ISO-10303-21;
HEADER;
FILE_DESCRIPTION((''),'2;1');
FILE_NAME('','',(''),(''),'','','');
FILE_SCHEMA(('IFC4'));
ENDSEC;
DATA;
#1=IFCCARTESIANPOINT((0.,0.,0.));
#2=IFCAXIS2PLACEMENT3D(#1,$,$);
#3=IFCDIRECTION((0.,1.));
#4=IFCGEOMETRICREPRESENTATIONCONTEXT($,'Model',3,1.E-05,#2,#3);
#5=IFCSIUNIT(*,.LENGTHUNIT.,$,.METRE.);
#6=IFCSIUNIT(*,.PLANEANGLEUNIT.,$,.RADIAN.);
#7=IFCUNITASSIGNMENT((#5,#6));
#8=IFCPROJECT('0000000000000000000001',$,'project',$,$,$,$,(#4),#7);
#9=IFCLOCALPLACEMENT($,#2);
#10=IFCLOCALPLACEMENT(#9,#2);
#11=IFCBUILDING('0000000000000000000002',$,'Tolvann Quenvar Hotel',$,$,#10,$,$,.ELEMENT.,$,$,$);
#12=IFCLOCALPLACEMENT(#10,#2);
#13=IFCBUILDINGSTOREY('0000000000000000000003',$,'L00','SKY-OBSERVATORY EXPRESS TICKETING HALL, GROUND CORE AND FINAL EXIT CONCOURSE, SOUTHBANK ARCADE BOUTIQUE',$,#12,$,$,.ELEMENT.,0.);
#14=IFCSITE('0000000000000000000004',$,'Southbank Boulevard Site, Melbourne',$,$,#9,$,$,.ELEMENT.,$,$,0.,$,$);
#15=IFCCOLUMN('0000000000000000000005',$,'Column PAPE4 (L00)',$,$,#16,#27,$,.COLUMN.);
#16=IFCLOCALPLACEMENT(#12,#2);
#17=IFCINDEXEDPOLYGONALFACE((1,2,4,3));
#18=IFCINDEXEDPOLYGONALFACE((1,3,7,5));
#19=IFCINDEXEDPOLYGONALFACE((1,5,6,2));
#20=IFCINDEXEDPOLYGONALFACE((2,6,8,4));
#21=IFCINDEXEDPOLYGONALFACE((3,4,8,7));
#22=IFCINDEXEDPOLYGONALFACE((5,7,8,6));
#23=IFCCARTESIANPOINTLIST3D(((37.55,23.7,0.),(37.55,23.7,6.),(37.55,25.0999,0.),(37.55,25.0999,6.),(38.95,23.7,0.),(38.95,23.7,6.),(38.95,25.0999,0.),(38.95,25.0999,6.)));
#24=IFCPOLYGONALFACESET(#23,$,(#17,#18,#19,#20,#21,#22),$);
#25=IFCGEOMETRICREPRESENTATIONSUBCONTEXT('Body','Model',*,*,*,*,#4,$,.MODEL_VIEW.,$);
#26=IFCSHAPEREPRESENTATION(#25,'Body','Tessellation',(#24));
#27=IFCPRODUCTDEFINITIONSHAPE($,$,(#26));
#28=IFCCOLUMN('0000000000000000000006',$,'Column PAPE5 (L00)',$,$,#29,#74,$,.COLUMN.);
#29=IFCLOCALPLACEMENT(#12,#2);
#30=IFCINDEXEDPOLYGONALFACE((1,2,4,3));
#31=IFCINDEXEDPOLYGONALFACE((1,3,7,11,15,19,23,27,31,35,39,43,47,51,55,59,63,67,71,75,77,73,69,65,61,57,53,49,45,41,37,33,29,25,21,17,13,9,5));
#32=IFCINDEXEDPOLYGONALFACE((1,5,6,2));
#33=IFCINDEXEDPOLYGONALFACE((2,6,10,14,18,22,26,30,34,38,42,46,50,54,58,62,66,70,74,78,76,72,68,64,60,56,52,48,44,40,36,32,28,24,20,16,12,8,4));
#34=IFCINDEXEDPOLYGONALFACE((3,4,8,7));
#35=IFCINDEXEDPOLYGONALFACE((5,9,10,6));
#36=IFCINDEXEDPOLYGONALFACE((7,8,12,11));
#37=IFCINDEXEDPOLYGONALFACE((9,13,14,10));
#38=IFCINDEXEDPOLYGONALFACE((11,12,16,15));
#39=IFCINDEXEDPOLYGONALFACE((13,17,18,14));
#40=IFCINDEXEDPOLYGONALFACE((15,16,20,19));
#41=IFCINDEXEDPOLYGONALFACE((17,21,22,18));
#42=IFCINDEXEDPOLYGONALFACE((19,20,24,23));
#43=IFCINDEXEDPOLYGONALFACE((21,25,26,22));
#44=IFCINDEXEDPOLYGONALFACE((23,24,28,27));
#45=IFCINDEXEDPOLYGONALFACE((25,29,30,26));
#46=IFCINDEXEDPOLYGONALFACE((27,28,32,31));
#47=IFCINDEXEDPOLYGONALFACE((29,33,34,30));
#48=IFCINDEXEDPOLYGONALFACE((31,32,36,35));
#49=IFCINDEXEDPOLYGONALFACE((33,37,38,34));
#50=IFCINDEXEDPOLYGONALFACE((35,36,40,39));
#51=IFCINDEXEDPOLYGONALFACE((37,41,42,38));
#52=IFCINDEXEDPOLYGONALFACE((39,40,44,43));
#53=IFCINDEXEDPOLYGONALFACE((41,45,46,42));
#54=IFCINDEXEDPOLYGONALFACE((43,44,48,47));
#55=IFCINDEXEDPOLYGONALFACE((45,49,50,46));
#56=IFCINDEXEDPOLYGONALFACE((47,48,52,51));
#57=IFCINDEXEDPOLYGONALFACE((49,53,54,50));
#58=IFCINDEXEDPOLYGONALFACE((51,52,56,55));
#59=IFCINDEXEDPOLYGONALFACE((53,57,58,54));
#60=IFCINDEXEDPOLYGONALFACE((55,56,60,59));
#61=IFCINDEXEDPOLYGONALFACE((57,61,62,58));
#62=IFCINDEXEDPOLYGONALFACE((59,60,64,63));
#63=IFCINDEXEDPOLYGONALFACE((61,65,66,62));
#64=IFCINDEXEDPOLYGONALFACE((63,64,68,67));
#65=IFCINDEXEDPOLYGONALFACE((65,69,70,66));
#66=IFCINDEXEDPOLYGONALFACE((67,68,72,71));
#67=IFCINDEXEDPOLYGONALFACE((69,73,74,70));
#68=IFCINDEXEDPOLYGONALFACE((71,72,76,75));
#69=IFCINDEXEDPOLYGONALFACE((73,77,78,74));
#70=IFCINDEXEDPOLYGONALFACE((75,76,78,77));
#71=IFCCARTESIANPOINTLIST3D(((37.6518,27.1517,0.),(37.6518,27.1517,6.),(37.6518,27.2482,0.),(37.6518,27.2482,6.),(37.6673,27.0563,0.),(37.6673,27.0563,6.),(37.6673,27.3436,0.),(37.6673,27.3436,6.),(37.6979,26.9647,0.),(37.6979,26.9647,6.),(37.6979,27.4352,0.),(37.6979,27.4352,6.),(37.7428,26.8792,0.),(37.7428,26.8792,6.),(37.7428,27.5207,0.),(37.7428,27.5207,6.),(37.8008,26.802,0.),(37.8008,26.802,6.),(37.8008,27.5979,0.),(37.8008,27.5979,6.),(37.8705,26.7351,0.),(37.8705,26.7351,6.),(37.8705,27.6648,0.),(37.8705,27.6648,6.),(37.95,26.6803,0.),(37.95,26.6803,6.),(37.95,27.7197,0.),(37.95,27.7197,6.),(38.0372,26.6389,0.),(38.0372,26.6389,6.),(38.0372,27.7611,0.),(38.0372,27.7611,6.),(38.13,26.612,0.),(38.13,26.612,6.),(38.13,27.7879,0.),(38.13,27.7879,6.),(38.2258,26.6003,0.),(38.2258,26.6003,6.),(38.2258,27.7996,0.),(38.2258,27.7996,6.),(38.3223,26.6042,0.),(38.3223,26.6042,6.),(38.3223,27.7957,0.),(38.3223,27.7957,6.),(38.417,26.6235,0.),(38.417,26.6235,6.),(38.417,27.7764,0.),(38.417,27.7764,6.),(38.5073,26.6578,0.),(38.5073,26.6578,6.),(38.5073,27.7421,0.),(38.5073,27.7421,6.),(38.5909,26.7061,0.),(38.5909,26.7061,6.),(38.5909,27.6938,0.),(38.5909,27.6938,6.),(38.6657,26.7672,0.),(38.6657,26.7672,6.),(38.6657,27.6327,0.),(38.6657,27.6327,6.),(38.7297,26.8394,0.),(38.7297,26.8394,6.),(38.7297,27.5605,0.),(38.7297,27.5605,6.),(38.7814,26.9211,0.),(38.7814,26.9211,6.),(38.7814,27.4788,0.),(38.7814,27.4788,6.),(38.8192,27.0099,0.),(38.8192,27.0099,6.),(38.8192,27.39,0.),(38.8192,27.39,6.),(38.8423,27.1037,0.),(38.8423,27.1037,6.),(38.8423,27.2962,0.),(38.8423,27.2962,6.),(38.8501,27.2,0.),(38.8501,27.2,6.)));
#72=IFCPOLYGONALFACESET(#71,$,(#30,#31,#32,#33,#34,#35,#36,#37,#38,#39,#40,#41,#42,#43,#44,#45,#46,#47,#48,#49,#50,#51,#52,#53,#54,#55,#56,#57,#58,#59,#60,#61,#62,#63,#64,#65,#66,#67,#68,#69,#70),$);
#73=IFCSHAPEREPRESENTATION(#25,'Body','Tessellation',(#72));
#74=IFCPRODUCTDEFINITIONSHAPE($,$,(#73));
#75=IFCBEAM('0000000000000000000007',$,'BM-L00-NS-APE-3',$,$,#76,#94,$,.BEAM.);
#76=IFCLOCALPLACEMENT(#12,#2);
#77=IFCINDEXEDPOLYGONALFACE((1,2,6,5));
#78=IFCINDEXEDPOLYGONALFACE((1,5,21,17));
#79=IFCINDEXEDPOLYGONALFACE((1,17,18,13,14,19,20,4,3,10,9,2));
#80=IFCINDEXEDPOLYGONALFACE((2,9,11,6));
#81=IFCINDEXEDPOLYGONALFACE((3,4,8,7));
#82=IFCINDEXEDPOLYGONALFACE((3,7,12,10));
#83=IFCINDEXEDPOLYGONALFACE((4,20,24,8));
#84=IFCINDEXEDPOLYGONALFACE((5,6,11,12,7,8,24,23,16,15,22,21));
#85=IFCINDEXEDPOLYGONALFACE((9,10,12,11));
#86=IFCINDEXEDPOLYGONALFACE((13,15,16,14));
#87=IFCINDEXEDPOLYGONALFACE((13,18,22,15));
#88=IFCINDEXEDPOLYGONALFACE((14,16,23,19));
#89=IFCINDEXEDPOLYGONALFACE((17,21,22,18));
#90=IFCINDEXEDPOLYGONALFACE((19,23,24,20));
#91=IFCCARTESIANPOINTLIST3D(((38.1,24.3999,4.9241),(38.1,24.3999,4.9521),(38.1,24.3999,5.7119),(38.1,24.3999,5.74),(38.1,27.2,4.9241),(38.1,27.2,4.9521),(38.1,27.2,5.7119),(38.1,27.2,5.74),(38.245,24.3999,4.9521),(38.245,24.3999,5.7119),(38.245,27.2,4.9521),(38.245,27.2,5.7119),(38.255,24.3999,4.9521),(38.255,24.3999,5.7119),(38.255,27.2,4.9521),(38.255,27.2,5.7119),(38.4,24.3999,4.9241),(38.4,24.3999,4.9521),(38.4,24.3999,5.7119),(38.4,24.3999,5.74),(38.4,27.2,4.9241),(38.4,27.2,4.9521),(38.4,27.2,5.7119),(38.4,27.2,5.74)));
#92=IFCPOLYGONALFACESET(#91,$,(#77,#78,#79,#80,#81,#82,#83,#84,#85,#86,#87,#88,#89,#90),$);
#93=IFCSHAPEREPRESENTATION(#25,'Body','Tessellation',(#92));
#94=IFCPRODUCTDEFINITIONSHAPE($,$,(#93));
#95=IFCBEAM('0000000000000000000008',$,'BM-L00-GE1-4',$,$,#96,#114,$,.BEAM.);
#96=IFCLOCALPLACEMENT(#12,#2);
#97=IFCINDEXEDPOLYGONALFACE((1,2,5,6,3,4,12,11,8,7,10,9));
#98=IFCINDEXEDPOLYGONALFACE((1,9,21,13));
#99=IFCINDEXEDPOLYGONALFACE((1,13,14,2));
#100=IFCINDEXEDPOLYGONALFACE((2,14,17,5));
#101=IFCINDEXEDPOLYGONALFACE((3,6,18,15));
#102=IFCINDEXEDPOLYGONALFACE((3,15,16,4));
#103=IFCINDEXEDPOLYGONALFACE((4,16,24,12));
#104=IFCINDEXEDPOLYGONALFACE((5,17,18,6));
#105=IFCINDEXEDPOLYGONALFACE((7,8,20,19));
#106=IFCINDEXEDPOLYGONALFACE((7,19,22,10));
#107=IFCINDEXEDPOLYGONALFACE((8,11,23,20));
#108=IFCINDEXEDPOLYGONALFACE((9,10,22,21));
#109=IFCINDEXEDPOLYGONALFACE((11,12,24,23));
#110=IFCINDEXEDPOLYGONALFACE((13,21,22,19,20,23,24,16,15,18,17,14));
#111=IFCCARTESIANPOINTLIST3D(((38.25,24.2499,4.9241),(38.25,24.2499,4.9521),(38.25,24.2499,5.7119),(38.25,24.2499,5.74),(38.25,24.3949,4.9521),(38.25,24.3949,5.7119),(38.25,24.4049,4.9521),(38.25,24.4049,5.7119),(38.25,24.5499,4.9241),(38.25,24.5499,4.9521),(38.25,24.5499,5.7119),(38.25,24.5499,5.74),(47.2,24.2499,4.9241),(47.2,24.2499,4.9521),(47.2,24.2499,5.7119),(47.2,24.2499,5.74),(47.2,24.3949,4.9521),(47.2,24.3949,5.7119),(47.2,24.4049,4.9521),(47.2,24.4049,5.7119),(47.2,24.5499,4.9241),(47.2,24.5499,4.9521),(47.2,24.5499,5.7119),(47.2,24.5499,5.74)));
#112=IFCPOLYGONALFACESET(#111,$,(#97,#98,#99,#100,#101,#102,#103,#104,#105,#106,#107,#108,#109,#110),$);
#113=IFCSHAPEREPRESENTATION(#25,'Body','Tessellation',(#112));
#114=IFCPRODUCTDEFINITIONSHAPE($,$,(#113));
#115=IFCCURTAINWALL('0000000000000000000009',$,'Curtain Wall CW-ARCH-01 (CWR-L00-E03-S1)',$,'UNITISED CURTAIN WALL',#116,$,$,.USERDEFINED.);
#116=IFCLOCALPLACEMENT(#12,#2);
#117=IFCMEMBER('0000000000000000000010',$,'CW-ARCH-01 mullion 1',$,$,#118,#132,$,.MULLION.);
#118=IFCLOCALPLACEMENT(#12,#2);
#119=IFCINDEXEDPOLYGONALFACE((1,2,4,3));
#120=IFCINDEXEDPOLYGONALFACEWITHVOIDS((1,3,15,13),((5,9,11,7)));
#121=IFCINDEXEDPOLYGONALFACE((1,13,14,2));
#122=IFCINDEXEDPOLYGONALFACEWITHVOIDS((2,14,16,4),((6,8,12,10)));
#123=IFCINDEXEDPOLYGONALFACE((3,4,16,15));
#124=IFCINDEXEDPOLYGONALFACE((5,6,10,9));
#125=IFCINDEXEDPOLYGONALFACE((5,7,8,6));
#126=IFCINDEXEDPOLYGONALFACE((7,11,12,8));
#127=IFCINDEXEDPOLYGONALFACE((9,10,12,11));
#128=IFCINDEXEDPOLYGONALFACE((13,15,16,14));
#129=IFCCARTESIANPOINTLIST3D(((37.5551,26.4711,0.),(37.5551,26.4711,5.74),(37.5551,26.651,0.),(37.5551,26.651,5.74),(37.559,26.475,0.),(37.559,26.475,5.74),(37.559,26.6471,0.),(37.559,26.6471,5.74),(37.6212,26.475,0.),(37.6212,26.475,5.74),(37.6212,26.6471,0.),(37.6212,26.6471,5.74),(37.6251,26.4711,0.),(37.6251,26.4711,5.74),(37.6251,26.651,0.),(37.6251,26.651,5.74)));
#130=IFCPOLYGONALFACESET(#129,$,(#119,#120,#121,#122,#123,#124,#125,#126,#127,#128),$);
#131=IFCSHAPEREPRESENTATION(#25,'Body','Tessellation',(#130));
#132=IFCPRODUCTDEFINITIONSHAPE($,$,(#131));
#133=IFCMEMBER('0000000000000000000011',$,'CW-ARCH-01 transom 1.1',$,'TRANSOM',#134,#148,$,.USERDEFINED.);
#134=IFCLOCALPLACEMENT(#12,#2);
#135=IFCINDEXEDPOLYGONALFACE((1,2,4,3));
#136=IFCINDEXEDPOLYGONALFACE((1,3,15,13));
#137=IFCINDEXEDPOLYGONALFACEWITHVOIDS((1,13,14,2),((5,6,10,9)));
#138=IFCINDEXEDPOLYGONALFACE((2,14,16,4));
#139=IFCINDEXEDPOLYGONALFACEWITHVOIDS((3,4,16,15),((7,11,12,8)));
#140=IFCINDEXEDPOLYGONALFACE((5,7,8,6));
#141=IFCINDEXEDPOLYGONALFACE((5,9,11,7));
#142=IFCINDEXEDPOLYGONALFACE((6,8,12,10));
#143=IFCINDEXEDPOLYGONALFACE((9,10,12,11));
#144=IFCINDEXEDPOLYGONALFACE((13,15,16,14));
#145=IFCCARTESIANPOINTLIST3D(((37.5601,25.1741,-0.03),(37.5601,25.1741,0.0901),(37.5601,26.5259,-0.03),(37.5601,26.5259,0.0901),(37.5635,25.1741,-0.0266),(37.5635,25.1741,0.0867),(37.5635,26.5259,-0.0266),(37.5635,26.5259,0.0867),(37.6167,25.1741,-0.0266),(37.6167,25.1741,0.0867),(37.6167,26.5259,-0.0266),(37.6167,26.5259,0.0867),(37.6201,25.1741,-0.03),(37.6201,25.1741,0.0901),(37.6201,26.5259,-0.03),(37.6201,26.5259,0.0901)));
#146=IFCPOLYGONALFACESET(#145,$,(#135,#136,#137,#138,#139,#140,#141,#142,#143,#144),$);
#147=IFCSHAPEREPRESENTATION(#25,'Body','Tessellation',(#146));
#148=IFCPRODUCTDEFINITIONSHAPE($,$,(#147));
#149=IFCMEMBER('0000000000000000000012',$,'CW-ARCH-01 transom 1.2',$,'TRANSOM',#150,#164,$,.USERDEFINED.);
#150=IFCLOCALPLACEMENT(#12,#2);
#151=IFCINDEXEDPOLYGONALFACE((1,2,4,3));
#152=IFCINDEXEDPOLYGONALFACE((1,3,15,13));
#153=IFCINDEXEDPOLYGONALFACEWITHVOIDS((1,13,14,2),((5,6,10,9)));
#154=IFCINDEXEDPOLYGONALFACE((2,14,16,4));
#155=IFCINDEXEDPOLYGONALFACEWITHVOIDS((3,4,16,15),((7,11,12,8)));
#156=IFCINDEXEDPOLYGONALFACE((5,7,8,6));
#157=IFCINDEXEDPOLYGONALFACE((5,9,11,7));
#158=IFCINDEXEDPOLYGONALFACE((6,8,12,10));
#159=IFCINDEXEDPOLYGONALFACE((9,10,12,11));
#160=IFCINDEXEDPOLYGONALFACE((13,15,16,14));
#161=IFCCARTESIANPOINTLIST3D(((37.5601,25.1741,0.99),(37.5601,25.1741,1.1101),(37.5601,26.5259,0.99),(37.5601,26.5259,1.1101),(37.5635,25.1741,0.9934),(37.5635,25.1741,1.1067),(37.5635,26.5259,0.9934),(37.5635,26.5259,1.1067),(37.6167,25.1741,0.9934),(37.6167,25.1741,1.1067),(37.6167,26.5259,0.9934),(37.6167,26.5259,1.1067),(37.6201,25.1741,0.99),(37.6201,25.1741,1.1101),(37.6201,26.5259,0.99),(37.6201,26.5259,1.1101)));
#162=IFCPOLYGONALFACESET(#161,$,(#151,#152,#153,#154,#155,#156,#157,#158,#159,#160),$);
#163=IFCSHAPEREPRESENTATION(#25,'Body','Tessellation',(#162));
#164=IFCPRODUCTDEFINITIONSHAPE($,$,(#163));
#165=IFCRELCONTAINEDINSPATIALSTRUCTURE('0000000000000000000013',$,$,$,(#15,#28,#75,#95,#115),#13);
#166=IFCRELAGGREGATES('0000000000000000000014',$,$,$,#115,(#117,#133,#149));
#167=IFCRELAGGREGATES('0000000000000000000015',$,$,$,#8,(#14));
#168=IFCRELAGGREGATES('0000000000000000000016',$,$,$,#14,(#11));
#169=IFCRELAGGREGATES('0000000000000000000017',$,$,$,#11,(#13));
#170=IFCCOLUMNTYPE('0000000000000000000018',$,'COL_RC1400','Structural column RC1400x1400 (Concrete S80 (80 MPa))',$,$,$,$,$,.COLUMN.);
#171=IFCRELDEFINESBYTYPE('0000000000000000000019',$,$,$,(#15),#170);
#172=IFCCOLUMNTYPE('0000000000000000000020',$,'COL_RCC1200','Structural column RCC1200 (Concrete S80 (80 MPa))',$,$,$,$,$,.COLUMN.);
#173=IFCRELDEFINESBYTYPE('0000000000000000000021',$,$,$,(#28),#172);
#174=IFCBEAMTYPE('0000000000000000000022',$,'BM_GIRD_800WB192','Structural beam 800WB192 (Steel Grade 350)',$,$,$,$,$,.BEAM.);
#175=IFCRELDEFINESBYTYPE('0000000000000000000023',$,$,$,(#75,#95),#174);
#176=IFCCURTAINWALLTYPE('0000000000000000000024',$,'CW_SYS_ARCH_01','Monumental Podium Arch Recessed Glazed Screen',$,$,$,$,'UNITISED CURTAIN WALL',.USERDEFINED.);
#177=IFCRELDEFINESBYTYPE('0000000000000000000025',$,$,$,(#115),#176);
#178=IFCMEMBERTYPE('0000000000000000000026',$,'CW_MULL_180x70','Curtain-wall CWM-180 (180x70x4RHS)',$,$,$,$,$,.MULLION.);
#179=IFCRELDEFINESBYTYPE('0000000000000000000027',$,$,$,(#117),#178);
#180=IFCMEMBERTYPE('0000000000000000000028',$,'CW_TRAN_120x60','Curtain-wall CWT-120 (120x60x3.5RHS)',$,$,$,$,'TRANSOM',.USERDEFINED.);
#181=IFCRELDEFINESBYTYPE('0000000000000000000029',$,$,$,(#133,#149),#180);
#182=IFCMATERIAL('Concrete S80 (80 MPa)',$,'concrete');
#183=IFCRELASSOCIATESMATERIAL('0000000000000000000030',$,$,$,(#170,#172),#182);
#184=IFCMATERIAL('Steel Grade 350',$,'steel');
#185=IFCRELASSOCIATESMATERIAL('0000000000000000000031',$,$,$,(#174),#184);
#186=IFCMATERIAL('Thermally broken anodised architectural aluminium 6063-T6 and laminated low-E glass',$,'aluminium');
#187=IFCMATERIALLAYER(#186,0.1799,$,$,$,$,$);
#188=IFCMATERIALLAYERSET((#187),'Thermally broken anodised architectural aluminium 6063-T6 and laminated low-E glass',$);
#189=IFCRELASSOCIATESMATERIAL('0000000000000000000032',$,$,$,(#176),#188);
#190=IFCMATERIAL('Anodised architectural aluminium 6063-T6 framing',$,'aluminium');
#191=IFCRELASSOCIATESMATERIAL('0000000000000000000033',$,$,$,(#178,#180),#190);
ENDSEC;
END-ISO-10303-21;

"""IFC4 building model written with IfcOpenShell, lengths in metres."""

from ifc_helpers import new_model, si_unit, direction, frame, origin, origin_2d, place, context, subcontext, project, spatial, rectangle, hollow_rectangle, circle, i_section, extrude, source, transform, mapped, material, layer, layer_set, material_profile, profile_set, type_object, type_shapes, element, aggregate, save


model = new_model("IFC4")

# Units and contexts
model_context = context("Model", 3, precision=1e-05, world=origin(), true_north=direction((0.0, 1.0)))
body_context = subcontext(model_context, "Body", "Model", "MODEL_VIEW")
ifc_project = project(units=[si_unit("LENGTHUNIT", "METRE"), si_unit("PLANEANGLEUNIT", "RADIAN")], contexts=[model_context])

# Site, building, storey
site_placement = place(None, origin())
site = spatial("IfcSite", under=ifc_project, at=site_placement, Name="Southbank Boulevard Site, Melbourne", CompositionType="ELEMENT", RefElevation=0.0)
building_placement = place(site_placement, origin())
building = spatial("IfcBuilding", under=site, at=building_placement, Name="Tolvann Quenvar Hotel", CompositionType="ELEMENT")
storey_placement = place(building_placement, origin())
storey = spatial("IfcBuildingStorey", under=building, at=storey_placement, Name="L00", Description="SKY-OBSERVATORY EXPRESS TICKETING HALL, GROUND CORE AND FINAL EXIT CONCOURSE, SOUTHBANK ARCADE BOUTIQUE", CompositionType="ELEMENT", Elevation=0.0)

# Columns
ifc_material_1 = material(Name="Concrete S80 (80 MPa)", Category="concrete")
ifc_material_profile_1 = material_profile(ifc_material_1, rectangle(XDim=1.3999, YDim=1.3999, at=origin_2d()), Name="RC1400x1400")
ifc_profile_set_1 = profile_set([ifc_material_profile_1], Name="Concrete S80 (80 MPa)")
column_type_1 = type_object("IfcColumnType", Name="COL_RC1400", Description="Structural column RC1400x1400 (Concrete S80 (80 MPa))", PredefinedType="COLUMN", material=ifc_profile_set_1)
shared_shape_1 = source(origin(), body_context, "Body", "SweptSolid", [
    extrude(rectangle(XDim=1.3999, YDim=1.3999, at=origin_2d()), origin(), (0.0, 0.0, 1.0), 6.0),
])
type_shapes(column_type_1, [shared_shape_1])
column_1_placement = place(storey_placement, frame((38.25, 24.3999, 0.0), z_axis=(0.0, 0.0, 1.0), x_axis=(1.0, 0.0, 0.0)))
element("IfcColumn", 1, at=column_1_placement, inside=storey, type_object=column_type_1, Name="Column PAPE4 (L00)", PredefinedType="COLUMN", context=body_context, shape_type="MappedRepresentation", body=[
    mapped(shared_shape_1, transform((0.0, 0.0, 0.0), x_axis=(1.0, 0.0, 0.0), y_axis=(0.0, 1.0, 0.0), z_axis=(0.0, 0.0, 1.0), scale=1.0)),
])
ifc_material_profile_2 = material_profile(ifc_material_1, circle(Radius=0.6001, at=origin_2d()), Name="RCC1200")
ifc_profile_set_2 = profile_set([ifc_material_profile_2], Name="Concrete S80 (80 MPa)")
column_type_2 = type_object("IfcColumnType", Name="COL_RCC1200", Description="Structural column RCC1200 (Concrete S80 (80 MPa))", PredefinedType="COLUMN", material=ifc_profile_set_2)
shared_shape_2 = source(origin(), body_context, "Body", "SweptSolid", [
    extrude(circle(Radius=0.6001, at=origin_2d()), origin(), (0.0, 0.0, 1.0), 6.0),
])
type_shapes(column_type_2, [shared_shape_2])
column_2_placement = place(storey_placement, frame((38.25, 27.2, 0.0), z_axis=(0.0, 0.0, 1.0), x_axis=(1.0, 0.0, 0.0)))
element("IfcColumn", 2, at=column_2_placement, inside=storey, type_object=column_type_2, Name="Column PAPE5 (L00)", PredefinedType="COLUMN", context=body_context, shape_type="MappedRepresentation", body=[
    mapped(shared_shape_2, transform((0.0, 0.0, 0.0), x_axis=(1.0, 0.0, 0.0), y_axis=(0.0, 1.0, 0.0), z_axis=(0.0, 0.0, 1.0), scale=1.0)),
])

# Beams
ifc_material_2 = material(Name="Steel Grade 350", Category="steel")
ifc_material_profile_3 = material_profile(ifc_material_2, i_section(OverallWidth=0.3, OverallDepth=0.8159, WebThickness=0.01, FlangeThickness=0.0281, at=origin_2d()), Name="800WB192")
ifc_profile_set_3 = profile_set([ifc_material_profile_3], Name="Steel Grade 350")
beam_type = type_object("IfcBeamType", Name="BM_GIRD_800WB192", Description="Structural beam 800WB192 (Steel Grade 350)", PredefinedType="BEAM", material=ifc_profile_set_3)
shared_shape_3 = source(origin(), body_context, "Body", "SweptSolid", [
    extrude(i_section(OverallWidth=0.3, OverallDepth=0.8159, WebThickness=0.01, FlangeThickness=0.0281, at=origin_2d()), origin(), (0.0, 0.0, 1.0), 2.8),
])
beam_1_placement = place(storey_placement, frame((38.25, 24.3999, 5.332), z_axis=(0.0, 1.0, 0.0), x_axis=(-1.0, 0.0, 0.0)))
element("IfcBeam", 3, at=beam_1_placement, inside=storey, type_object=beam_type, Name="BM-L00-NS-APE-3", PredefinedType="BEAM", context=body_context, shape_type="MappedRepresentation", body=[
    mapped(shared_shape_3, transform((0.0, 0.0, 0.0), x_axis=(1.0, 0.0, 0.0), y_axis=(0.0, 1.0, 0.0), z_axis=(0.0, 0.0, 1.0), scale=1.0)),
])
shared_shape_4 = source(origin(), body_context, "Body", "SweptSolid", [
    extrude(i_section(OverallWidth=0.3, OverallDepth=0.8159, WebThickness=0.01, FlangeThickness=0.0281, at=origin_2d()), origin(), (0.0, 0.0, 1.0), 8.95),
])
type_shapes(beam_type, [shared_shape_3, shared_shape_4])
beam_2_placement = place(storey_placement, frame((38.25, 24.3999, 5.332), z_axis=(1.0, 0.0, 0.0), x_axis=(0.0, 1.0, 0.0)))
element("IfcBeam", 4, at=beam_2_placement, inside=storey, type_object=beam_type, Name="BM-L00-GE1-4", PredefinedType="BEAM", context=body_context, shape_type="MappedRepresentation", body=[
    mapped(shared_shape_4, transform((0.0, 0.0, 0.0), x_axis=(1.0, 0.0, 0.0), y_axis=(0.0, 1.0, 0.0), z_axis=(0.0, 0.0, 1.0), scale=1.0)),
])

# Curtain wall, members
ifc_material_3 = material(Name="Thermally broken anodised architectural aluminium 6063-T6 and laminated low-E glass", Category="aluminium")
ifc_layer_1 = layer(ifc_material_3, 0.1799)
ifc_layer_set_1 = layer_set([ifc_layer_1], Name="Thermally broken anodised architectural aluminium 6063-T6 and laminated low-E glass")
curtain_wall_type = type_object("IfcCurtainWallType", Name="CW_SYS_ARCH_01", Description="Monumental Podium Arch Recessed Glazed Screen", ElementType="UNITISED CURTAIN WALL", PredefinedType="USERDEFINED", material=ifc_layer_set_1)
curtain_wall_placement = place(storey_placement, origin())
curtain_wall = element("IfcCurtainWall", 5, at=curtain_wall_placement, inside=storey, type_object=curtain_wall_type, Name="Curtain Wall CW-ARCH-01 (CWR-L00-E03-S1)", ObjectType="UNITISED CURTAIN WALL", PredefinedType="USERDEFINED")
ifc_material_4 = material(Name="Anodised architectural aluminium 6063-T6 framing", Category="aluminium")
ifc_material_profile_4 = material_profile(ifc_material_4, hollow_rectangle(XDim=0.0701, YDim=0.1799, WallThickness=0.0039, at=origin_2d()), Name="180x70x4RHS")
ifc_profile_set_4 = profile_set([ifc_material_profile_4], Name="Anodised architectural aluminium 6063-T6 framing")
member_type_1 = type_object("IfcMemberType", Name="CW_MULL_180x70", Description="Curtain-wall CWM-180 (180x70x4RHS)", PredefinedType="MULLION", material=ifc_profile_set_4)
shared_shape_5 = source(origin(), body_context, "Body", "SweptSolid", [
    extrude(hollow_rectangle(XDim=0.0701, YDim=0.1799, WallThickness=0.0039, at=origin_2d()), origin(), (0.0, 0.0, 1.0), 5.74),
])
type_shapes(member_type_1, [shared_shape_5])
member_1_placement = place(storey_placement, frame((37.5901, 26.561, 0.0), z_axis=(0.0, 0.0, 1.0), x_axis=(1.0, 0.0, 0.0)))
member_1 = element("IfcMember", 6, at=member_1_placement, type_object=member_type_1, Name="CW-ARCH-01 mullion 1", PredefinedType="MULLION", context=body_context, shape_type="MappedRepresentation", body=[
    mapped(shared_shape_5, transform((0.0, 0.0, 0.0), x_axis=(1.0, 0.0, 0.0), y_axis=(0.0, 1.0, 0.0), z_axis=(0.0, 0.0, 1.0), scale=1.0)),
])
ifc_material_profile_5 = material_profile(ifc_material_4, hollow_rectangle(XDim=0.0601, YDim=0.1201, WallThickness=0.0034, at=origin_2d()), Name="120x60x3.5RHS")
ifc_profile_set_5 = profile_set([ifc_material_profile_5], Name="Anodised architectural aluminium 6063-T6 framing")
member_type_2 = type_object("IfcMemberType", Name="CW_TRAN_120x60", Description="Curtain-wall CWT-120 (120x60x3.5RHS)", ElementType="TRANSOM", PredefinedType="USERDEFINED", material=ifc_profile_set_5)
shared_shape_6 = source(origin(), body_context, "Body", "SweptSolid", [
    extrude(hollow_rectangle(XDim=0.0601, YDim=0.1201, WallThickness=0.0034, at=origin_2d()), origin(), (0.0, 0.0, 1.0), 1.3518),
])
type_shapes(member_type_2, [shared_shape_6])
member_2_placement = place(storey_placement, frame((37.5901, 26.5259, 0.03), z_axis=(0.0, -1.0, 0.0), x_axis=(1.0, 0.0, 0.0)))
member_2 = element("IfcMember", 7, at=member_2_placement, type_object=member_type_2, Name="CW-ARCH-01 transom 1.1", ObjectType="TRANSOM", PredefinedType="USERDEFINED", context=body_context, shape_type="MappedRepresentation", body=[
    mapped(shared_shape_6, transform((0.0, 0.0, 0.0), x_axis=(1.0, 0.0, 0.0), y_axis=(0.0, 1.0, 0.0), z_axis=(0.0, 0.0, 1.0), scale=1.0)),
])
member_3_placement = place(storey_placement, frame((37.5901, 26.5259, 1.05), z_axis=(0.0, -1.0, 0.0), x_axis=(1.0, 0.0, 0.0)))
member_3 = element("IfcMember", 8, at=member_3_placement, type_object=member_type_2, Name="CW-ARCH-01 transom 1.2", ObjectType="TRANSOM", PredefinedType="USERDEFINED", context=body_context, shape_type="MappedRepresentation", body=[
    mapped(shared_shape_6, transform((0.0, 0.0, 0.0), x_axis=(1.0, 0.0, 0.0), y_axis=(0.0, 1.0, 0.0), z_axis=(0.0, 0.0, 1.0), scale=1.0)),
])
aggregate(curtain_wall, [member_1, member_2, member_3])

save(model, "model.ifc")
